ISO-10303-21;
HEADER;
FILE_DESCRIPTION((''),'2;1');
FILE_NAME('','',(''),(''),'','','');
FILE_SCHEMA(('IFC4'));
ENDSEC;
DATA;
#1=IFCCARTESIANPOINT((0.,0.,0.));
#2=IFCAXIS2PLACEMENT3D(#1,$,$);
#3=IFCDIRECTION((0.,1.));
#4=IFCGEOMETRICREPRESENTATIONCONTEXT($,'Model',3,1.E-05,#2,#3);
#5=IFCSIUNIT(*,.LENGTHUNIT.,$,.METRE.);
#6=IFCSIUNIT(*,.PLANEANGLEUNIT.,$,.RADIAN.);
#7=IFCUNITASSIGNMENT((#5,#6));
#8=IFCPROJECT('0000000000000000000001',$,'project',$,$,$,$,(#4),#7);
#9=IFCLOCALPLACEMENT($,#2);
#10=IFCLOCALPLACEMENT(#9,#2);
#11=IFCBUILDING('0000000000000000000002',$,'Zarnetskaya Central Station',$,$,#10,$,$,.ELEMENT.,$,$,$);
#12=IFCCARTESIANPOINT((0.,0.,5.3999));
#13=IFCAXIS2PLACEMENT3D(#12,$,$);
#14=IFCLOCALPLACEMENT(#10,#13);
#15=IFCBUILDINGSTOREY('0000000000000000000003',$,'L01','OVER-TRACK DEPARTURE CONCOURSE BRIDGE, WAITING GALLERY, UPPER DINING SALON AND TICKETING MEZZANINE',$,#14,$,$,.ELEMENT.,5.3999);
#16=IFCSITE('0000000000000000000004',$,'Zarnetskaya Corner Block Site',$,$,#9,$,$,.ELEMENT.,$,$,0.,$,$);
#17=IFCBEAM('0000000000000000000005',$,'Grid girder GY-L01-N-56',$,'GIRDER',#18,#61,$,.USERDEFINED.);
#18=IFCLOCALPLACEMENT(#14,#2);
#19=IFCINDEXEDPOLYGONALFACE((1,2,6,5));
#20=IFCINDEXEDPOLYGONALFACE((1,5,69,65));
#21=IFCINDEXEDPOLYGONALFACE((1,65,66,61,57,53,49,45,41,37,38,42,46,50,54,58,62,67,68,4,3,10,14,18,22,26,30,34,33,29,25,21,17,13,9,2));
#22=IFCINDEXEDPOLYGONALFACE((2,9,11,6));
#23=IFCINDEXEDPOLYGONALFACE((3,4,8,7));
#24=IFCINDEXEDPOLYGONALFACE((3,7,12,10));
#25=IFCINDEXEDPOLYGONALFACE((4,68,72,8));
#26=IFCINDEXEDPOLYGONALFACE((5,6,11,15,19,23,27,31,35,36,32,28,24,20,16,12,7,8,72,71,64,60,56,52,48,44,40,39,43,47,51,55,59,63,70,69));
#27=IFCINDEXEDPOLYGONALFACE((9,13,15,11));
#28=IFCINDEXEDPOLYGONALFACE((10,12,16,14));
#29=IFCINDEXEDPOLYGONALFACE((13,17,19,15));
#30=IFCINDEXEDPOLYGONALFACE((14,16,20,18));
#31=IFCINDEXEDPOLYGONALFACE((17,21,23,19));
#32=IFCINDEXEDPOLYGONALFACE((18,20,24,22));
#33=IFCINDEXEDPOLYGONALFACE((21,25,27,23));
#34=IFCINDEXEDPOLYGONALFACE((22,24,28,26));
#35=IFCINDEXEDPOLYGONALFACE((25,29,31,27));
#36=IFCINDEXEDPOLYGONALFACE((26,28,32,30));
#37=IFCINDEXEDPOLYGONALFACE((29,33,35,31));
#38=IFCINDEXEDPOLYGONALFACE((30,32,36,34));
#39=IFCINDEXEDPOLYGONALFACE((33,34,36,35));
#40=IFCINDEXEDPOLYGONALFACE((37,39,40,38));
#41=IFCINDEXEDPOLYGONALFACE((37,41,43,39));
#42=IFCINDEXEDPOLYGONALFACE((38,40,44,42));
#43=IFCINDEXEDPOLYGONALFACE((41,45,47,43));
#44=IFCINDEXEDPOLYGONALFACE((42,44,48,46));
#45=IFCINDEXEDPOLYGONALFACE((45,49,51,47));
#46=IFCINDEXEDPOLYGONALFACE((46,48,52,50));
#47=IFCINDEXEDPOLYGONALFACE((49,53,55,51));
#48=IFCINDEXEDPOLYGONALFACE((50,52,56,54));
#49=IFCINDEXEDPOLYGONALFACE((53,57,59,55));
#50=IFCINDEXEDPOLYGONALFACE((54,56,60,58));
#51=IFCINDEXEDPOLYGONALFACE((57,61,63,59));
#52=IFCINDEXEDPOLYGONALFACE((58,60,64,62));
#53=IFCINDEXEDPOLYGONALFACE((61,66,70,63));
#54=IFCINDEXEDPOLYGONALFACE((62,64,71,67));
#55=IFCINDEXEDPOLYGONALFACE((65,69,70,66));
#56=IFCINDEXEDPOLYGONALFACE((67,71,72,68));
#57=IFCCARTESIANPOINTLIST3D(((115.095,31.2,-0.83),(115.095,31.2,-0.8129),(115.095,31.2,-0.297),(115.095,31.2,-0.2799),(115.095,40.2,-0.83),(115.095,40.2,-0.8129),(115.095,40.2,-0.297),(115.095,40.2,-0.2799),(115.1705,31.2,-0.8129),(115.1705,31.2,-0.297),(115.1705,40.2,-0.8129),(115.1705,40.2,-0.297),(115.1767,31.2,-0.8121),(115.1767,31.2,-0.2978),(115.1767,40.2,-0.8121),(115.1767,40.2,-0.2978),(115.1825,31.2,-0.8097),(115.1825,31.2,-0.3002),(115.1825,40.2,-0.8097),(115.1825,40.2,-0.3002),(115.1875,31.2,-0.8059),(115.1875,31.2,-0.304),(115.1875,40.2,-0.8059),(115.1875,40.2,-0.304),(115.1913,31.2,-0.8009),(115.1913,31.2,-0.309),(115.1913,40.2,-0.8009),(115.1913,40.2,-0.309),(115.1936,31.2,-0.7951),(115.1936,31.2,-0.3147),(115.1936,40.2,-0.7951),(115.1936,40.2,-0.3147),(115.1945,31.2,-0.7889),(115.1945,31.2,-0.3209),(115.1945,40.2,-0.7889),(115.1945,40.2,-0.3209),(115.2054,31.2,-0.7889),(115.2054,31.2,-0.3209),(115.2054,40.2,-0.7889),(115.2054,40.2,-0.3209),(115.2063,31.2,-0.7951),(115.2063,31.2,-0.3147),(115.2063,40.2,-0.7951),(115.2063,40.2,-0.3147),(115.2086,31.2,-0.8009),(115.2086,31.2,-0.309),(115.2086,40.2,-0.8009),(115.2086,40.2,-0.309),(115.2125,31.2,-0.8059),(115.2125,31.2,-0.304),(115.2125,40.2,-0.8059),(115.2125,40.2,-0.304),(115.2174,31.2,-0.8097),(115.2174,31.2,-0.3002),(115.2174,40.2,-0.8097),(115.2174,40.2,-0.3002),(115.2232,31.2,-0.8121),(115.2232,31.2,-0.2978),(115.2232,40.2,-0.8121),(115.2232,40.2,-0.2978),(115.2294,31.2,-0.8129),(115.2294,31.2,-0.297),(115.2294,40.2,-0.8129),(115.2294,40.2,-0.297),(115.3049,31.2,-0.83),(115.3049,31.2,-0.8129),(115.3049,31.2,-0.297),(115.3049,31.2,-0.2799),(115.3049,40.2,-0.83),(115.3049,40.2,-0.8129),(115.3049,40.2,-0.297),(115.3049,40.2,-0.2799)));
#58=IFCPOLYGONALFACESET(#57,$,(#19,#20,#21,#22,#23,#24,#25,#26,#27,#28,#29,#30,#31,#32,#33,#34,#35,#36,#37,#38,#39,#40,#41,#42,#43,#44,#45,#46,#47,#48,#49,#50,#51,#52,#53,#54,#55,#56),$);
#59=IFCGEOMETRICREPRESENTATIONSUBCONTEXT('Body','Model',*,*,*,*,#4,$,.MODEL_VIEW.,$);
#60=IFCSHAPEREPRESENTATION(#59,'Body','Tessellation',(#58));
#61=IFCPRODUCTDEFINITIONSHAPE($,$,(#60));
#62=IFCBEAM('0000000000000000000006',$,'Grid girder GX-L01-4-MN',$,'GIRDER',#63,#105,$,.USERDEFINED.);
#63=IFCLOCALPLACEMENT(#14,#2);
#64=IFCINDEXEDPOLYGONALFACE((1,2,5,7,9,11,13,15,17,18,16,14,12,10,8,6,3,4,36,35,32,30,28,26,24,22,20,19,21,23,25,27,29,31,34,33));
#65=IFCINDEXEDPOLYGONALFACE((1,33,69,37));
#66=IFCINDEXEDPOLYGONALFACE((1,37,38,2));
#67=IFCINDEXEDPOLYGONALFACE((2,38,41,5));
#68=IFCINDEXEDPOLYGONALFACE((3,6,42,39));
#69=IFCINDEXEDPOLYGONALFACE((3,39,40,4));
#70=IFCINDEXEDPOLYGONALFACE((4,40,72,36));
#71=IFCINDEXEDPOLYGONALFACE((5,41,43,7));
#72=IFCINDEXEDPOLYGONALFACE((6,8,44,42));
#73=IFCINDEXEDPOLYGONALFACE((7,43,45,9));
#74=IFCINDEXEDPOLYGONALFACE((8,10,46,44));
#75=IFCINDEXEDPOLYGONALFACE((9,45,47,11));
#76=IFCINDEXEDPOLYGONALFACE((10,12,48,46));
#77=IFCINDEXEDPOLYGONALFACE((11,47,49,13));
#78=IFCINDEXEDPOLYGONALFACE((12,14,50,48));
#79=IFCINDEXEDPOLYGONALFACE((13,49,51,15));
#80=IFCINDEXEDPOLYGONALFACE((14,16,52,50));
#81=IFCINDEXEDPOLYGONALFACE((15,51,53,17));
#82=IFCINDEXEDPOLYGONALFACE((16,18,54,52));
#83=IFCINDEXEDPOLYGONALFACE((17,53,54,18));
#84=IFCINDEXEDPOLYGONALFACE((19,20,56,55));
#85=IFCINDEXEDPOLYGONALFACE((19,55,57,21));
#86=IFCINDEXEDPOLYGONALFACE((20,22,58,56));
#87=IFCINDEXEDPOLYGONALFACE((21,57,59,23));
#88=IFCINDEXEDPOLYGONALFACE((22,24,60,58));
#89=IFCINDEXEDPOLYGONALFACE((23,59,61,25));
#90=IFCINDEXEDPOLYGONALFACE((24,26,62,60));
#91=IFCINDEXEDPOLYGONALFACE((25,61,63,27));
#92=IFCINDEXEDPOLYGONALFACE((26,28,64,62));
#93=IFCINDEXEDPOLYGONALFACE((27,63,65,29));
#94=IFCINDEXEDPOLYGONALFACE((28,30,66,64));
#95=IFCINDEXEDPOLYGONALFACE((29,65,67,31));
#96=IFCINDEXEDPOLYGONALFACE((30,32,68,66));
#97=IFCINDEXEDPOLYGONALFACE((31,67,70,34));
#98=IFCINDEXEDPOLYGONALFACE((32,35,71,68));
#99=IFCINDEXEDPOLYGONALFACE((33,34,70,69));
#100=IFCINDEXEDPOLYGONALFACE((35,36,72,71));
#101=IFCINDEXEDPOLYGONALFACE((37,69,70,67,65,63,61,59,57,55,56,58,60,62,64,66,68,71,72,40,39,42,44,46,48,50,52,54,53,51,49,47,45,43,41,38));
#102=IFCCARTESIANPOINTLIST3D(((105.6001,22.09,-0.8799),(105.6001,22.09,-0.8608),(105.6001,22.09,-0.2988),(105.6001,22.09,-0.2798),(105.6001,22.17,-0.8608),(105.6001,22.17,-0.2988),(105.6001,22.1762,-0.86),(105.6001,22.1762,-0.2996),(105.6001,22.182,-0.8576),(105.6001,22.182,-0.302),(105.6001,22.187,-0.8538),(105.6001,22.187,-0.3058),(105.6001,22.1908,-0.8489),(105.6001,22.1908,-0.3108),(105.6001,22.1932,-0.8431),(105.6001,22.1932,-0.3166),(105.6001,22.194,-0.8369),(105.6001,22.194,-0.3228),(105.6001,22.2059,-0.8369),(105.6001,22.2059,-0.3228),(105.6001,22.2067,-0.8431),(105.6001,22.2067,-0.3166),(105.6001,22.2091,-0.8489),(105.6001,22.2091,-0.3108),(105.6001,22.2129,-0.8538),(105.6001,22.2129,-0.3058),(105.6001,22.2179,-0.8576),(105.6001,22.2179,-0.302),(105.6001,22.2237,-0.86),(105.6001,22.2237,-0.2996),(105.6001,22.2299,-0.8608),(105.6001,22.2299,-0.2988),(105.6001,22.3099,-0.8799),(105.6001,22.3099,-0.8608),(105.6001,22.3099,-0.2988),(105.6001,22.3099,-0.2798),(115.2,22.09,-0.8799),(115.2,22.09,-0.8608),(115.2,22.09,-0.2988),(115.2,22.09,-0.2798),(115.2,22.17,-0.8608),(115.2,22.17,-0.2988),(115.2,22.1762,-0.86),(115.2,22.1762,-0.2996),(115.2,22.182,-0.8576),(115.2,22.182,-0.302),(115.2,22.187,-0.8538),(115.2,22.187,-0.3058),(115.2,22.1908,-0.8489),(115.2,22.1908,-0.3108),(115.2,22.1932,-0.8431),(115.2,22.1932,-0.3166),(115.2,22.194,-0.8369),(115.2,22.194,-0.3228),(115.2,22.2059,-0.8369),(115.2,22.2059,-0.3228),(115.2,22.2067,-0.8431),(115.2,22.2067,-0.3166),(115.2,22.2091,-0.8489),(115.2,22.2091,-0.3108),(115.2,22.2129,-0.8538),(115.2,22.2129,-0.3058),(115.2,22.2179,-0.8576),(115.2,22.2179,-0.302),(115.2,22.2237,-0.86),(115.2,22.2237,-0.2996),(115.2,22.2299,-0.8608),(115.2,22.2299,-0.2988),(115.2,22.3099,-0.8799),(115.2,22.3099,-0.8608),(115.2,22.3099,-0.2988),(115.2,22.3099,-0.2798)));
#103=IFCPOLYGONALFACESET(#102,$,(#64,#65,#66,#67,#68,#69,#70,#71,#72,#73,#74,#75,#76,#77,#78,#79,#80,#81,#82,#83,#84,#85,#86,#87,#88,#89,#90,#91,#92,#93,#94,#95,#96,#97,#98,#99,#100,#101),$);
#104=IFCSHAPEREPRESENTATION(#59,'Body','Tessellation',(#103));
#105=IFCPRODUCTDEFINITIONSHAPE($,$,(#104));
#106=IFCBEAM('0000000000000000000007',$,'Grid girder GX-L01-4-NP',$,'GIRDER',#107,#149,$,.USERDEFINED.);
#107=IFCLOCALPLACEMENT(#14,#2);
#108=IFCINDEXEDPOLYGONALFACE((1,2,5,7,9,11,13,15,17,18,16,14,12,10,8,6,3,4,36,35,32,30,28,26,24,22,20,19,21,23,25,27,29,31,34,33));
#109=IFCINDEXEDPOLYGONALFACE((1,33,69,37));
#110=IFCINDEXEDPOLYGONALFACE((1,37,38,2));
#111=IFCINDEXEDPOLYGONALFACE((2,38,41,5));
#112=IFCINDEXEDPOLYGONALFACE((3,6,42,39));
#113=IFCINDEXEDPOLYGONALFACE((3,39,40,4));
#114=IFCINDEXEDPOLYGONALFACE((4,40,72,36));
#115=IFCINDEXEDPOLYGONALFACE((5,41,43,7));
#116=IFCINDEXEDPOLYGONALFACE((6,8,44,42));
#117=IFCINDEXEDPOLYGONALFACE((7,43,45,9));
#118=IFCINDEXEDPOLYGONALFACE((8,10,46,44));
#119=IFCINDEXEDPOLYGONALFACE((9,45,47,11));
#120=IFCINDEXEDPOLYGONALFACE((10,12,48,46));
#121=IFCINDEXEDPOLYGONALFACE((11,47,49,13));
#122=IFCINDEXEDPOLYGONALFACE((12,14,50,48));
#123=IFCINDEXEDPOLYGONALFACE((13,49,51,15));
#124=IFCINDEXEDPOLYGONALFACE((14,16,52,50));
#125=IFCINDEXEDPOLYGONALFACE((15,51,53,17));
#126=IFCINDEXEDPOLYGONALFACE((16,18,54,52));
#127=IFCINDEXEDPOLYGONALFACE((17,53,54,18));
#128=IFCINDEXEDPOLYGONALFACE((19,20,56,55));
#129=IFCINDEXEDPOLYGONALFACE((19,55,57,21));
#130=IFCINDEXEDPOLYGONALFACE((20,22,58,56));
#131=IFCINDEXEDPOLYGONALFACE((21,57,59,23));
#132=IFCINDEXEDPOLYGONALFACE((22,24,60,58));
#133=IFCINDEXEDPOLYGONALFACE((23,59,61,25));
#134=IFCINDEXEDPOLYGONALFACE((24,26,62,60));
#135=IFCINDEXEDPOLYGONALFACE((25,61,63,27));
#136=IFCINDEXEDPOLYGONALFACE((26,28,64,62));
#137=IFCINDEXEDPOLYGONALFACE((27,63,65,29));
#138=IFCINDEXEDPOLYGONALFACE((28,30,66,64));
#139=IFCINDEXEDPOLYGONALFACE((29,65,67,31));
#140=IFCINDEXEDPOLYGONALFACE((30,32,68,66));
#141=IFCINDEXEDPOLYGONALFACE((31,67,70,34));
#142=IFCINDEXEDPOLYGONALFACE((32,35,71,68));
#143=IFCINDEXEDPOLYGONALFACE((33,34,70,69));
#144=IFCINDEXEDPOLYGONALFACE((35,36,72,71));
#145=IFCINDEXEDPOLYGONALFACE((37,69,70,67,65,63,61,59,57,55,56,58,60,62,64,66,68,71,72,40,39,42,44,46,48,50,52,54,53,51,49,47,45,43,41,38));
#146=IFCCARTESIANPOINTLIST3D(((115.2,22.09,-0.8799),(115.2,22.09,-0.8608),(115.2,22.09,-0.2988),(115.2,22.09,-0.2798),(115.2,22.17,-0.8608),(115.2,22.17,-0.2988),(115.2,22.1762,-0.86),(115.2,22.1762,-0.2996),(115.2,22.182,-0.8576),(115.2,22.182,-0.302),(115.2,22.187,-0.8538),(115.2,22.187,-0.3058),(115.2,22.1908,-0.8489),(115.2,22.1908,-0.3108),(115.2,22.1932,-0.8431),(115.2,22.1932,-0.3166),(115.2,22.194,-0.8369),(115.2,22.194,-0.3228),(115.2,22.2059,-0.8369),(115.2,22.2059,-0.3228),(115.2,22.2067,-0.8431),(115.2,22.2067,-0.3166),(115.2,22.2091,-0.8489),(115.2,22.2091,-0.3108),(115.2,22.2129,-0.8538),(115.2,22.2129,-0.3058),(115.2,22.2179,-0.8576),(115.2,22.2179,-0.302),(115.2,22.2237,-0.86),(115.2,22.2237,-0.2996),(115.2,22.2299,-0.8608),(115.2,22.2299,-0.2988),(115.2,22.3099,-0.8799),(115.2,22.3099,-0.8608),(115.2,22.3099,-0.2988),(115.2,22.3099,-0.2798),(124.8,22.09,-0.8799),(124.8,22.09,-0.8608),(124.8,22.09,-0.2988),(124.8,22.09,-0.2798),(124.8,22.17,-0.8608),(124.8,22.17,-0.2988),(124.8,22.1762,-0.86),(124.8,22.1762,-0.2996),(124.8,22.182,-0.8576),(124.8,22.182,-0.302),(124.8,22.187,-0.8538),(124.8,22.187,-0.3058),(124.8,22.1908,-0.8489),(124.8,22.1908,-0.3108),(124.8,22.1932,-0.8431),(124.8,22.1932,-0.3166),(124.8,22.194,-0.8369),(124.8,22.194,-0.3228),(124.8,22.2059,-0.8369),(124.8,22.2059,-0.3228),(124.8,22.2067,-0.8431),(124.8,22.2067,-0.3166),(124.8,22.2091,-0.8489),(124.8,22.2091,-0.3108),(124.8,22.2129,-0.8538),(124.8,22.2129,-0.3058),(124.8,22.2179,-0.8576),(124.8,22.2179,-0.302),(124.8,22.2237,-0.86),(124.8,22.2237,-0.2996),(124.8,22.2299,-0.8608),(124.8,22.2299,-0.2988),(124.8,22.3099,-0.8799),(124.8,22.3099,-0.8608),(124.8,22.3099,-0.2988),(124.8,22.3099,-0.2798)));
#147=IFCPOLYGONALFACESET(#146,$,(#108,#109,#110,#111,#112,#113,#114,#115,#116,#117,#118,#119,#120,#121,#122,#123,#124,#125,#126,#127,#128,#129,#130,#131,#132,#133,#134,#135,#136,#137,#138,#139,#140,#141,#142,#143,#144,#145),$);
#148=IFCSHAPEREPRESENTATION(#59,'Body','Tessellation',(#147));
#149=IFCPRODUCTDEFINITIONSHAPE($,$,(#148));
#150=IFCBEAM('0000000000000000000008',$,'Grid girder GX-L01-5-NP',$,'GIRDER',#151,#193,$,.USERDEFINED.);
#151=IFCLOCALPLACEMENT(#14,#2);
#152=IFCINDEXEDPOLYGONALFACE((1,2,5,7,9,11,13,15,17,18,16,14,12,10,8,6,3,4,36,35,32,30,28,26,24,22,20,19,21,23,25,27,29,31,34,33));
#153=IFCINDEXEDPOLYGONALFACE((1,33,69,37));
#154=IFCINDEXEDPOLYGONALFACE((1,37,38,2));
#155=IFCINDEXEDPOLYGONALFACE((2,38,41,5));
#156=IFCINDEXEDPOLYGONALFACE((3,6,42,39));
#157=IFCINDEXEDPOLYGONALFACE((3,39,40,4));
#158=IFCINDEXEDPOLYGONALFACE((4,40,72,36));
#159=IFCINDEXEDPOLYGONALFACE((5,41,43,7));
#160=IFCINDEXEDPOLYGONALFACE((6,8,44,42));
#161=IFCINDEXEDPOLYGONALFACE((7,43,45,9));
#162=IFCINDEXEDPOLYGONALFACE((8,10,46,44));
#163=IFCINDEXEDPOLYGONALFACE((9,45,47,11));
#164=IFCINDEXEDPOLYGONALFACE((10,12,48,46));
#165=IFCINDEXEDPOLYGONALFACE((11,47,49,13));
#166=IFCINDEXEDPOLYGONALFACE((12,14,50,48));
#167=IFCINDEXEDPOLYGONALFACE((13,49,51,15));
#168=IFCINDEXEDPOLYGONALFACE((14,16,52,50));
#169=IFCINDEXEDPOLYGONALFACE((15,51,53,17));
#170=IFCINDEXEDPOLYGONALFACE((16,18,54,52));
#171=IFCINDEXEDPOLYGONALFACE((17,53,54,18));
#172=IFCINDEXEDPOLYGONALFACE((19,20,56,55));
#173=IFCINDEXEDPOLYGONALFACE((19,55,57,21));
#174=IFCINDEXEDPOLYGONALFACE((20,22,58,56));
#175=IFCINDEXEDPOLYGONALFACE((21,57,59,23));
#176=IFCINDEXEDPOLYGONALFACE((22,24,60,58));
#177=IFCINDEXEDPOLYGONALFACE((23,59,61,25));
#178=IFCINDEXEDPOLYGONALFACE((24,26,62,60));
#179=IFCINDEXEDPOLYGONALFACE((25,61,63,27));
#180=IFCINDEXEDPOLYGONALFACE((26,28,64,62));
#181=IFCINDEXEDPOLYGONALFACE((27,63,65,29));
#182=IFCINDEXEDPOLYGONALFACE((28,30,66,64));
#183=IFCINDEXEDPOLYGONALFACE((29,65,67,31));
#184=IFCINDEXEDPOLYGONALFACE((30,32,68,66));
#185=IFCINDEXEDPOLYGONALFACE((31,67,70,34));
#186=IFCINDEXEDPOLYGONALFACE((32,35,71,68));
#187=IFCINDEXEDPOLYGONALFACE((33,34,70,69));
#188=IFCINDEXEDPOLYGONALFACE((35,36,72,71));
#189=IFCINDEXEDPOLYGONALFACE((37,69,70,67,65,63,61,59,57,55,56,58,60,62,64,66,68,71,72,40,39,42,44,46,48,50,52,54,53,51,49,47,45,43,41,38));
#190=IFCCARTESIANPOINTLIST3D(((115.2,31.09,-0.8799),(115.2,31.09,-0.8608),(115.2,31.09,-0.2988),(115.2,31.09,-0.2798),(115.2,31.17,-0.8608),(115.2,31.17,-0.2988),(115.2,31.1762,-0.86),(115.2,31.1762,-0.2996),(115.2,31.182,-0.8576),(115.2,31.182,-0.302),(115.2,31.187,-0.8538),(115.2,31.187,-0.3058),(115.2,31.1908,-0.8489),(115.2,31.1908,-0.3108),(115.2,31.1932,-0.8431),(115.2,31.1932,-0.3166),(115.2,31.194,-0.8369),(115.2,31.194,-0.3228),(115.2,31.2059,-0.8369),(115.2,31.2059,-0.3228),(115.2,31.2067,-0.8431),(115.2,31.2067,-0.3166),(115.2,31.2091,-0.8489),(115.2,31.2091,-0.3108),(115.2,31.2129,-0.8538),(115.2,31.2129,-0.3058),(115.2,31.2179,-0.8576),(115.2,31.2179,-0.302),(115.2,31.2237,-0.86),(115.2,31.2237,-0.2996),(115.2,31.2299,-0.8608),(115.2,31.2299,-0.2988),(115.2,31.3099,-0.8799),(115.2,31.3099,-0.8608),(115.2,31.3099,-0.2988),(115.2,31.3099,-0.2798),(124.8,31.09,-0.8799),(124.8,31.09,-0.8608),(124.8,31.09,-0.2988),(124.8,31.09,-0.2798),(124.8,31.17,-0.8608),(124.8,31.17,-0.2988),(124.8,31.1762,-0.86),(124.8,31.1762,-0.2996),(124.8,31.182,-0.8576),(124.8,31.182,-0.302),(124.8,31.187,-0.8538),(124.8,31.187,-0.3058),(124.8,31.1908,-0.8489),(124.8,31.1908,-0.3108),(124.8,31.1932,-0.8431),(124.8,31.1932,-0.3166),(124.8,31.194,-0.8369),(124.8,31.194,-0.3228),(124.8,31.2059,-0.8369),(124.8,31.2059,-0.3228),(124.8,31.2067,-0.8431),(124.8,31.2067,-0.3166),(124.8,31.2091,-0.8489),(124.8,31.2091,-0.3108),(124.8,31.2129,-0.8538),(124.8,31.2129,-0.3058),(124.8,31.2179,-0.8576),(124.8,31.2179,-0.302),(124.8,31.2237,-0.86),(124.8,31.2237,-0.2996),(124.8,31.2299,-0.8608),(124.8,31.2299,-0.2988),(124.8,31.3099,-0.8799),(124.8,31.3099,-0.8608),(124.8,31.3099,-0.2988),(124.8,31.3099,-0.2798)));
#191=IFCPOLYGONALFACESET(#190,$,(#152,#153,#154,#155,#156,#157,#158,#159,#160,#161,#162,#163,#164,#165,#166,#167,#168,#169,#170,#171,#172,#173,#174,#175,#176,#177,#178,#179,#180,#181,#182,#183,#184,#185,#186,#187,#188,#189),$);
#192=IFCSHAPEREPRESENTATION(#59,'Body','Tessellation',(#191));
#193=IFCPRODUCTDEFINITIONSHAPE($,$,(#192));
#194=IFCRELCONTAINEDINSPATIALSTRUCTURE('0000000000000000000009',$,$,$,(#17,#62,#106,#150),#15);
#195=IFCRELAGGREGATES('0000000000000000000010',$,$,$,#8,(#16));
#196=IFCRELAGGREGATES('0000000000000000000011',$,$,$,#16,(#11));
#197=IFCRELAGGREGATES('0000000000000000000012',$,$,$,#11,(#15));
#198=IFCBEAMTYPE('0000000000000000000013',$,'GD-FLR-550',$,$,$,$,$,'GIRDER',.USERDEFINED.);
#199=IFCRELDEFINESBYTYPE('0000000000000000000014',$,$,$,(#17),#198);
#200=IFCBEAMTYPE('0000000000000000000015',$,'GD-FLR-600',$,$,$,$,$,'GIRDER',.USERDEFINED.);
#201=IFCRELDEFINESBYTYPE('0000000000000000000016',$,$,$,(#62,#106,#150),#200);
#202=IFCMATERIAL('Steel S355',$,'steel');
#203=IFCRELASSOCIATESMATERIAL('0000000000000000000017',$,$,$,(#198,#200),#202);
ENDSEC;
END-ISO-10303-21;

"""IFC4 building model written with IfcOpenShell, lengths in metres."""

from ifc_helpers import new_model, si_unit, direction, frame, origin, origin_2d, place, context, subcontext, project, spatial, i_section, extrude, material, material_profile, profile_set, type_object, element, save


model = new_model("IFC4")

# Units and contexts
model_context = context("Model", 3, precision=1e-05, world=origin(), true_north=direction((0.0, 1.0)))
body_context = subcontext(model_context, "Body", "Model", "MODEL_VIEW")
ifc_project = project(units=[si_unit("LENGTHUNIT", "METRE"), si_unit("PLANEANGLEUNIT", "RADIAN")], contexts=[model_context])

# Site, building, storey
site_placement = place(None, origin())
site = spatial("IfcSite", under=ifc_project, at=site_placement, Name="Zarnetskaya Corner Block Site", CompositionType="ELEMENT", RefElevation=0.0)
building_placement = place(site_placement, origin())
building = spatial("IfcBuilding", under=site, at=building_placement, Name="Zarnetskaya Central Station", CompositionType="ELEMENT")
storey_placement = place(building_placement, frame((0.0, 0.0, 5.3999)))
storey = spatial("IfcBuildingStorey", under=building, at=storey_placement, Name="L01", Description="OVER-TRACK DEPARTURE CONCOURSE BRIDGE, WAITING GALLERY, UPPER DINING SALON AND TICKETING MEZZANINE", CompositionType="ELEMENT", Elevation=5.3999)

# Shared definitions
ifc_material_1 = material(Name="Steel S355", Category="steel")

# Beams
ifc_material_profile_1 = material_profile(ifc_material_1, i_section(OverallWidth=0.21, OverallDepth=0.55, WebThickness=0.011, FlangeThickness=0.0171, FilletRadius=0.0239, at=origin_2d()), Name="IPE 550")
ifc_profile_set_1 = profile_set([ifc_material_profile_1], Name="Steel S355")
beam_type_1 = type_object("IfcBeamType", Name="GD-FLR-550", ElementType="GIRDER", PredefinedType="USERDEFINED", material=ifc_profile_set_1)
for number, where, z_axis, x_axis, name in (
    (1, (115.2, 31.2, -0.5549), (0.0, 1.0, 0.0), (-1.0, 0.0, 0.0), "Grid girder GY-L01-N-56"),
):
    element("IfcBeam", number, at=place(storey_placement, frame(where, z_axis=z_axis, x_axis=x_axis)), inside=storey, type_object=beam_type_1, Name=name, ObjectType="GIRDER", PredefinedType="USERDEFINED", context=body_context, shape_type="SweptSolid", body=[
        extrude(i_section(OverallWidth=0.21, OverallDepth=0.55, WebThickness=0.011, FlangeThickness=0.0171, FilletRadius=0.0239, at=origin_2d()), origin(), (0.0, 0.0, 1.0), 9.0),
    ])
ifc_material_profile_2 = material_profile(ifc_material_1, i_section(OverallWidth=0.22, OverallDepth=0.6001, WebThickness=0.012, FlangeThickness=0.019, FilletRadius=0.0239, at=origin_2d()), Name="IPE 600")
ifc_profile_set_2 = profile_set([ifc_material_profile_2], Name="Steel S355")
beam_type_2 = type_object("IfcBeamType", Name="GD-FLR-600", ElementType="GIRDER", PredefinedType="USERDEFINED", material=ifc_profile_set_2)
beam_placement = place(storey_placement, frame((105.6001, 22.2, -0.5798), z_axis=(1.0, 0.0, 0.0), x_axis=(0.0, 1.0, 0.0)))
element("IfcBeam", 2, at=beam_placement, inside=storey, type_object=beam_type_2, Name="Grid girder GX-L01-4-MN", ObjectType="GIRDER", PredefinedType="USERDEFINED", context=body_context, shape_type="SweptSolid", body=[
    extrude(i_section(OverallWidth=0.22, OverallDepth=0.6001, WebThickness=0.012, FlangeThickness=0.019, FilletRadius=0.0239, at=origin_2d()), origin(), (0.0, 0.0, 1.0), 9.5999),
])
for number, where, z_axis, x_axis, name in (
    (3, (115.2, 22.2, -0.5798), (1.0, 0.0, 0.0), (0.0, 1.0, 0.0), "Grid girder GX-L01-4-NP"),
    (4, (115.2, 31.2, -0.5798), (1.0, 0.0, 0.0), (0.0, 1.0, 0.0), "Grid girder GX-L01-5-NP"),
):
    element("IfcBeam", number, at=place(storey_placement, frame(where, z_axis=z_axis, x_axis=x_axis)), inside=storey, type_object=beam_type_2, Name=name, ObjectType="GIRDER", PredefinedType="USERDEFINED", context=body_context, shape_type="SweptSolid", body=[
        extrude(i_section(OverallWidth=0.22, OverallDepth=0.6001, WebThickness=0.012, FlangeThickness=0.019, FilletRadius=0.0239, at=origin_2d()), origin(), (0.0, 0.0, 1.0), 9.6001),
    ])

save(model, "model.ifc")
